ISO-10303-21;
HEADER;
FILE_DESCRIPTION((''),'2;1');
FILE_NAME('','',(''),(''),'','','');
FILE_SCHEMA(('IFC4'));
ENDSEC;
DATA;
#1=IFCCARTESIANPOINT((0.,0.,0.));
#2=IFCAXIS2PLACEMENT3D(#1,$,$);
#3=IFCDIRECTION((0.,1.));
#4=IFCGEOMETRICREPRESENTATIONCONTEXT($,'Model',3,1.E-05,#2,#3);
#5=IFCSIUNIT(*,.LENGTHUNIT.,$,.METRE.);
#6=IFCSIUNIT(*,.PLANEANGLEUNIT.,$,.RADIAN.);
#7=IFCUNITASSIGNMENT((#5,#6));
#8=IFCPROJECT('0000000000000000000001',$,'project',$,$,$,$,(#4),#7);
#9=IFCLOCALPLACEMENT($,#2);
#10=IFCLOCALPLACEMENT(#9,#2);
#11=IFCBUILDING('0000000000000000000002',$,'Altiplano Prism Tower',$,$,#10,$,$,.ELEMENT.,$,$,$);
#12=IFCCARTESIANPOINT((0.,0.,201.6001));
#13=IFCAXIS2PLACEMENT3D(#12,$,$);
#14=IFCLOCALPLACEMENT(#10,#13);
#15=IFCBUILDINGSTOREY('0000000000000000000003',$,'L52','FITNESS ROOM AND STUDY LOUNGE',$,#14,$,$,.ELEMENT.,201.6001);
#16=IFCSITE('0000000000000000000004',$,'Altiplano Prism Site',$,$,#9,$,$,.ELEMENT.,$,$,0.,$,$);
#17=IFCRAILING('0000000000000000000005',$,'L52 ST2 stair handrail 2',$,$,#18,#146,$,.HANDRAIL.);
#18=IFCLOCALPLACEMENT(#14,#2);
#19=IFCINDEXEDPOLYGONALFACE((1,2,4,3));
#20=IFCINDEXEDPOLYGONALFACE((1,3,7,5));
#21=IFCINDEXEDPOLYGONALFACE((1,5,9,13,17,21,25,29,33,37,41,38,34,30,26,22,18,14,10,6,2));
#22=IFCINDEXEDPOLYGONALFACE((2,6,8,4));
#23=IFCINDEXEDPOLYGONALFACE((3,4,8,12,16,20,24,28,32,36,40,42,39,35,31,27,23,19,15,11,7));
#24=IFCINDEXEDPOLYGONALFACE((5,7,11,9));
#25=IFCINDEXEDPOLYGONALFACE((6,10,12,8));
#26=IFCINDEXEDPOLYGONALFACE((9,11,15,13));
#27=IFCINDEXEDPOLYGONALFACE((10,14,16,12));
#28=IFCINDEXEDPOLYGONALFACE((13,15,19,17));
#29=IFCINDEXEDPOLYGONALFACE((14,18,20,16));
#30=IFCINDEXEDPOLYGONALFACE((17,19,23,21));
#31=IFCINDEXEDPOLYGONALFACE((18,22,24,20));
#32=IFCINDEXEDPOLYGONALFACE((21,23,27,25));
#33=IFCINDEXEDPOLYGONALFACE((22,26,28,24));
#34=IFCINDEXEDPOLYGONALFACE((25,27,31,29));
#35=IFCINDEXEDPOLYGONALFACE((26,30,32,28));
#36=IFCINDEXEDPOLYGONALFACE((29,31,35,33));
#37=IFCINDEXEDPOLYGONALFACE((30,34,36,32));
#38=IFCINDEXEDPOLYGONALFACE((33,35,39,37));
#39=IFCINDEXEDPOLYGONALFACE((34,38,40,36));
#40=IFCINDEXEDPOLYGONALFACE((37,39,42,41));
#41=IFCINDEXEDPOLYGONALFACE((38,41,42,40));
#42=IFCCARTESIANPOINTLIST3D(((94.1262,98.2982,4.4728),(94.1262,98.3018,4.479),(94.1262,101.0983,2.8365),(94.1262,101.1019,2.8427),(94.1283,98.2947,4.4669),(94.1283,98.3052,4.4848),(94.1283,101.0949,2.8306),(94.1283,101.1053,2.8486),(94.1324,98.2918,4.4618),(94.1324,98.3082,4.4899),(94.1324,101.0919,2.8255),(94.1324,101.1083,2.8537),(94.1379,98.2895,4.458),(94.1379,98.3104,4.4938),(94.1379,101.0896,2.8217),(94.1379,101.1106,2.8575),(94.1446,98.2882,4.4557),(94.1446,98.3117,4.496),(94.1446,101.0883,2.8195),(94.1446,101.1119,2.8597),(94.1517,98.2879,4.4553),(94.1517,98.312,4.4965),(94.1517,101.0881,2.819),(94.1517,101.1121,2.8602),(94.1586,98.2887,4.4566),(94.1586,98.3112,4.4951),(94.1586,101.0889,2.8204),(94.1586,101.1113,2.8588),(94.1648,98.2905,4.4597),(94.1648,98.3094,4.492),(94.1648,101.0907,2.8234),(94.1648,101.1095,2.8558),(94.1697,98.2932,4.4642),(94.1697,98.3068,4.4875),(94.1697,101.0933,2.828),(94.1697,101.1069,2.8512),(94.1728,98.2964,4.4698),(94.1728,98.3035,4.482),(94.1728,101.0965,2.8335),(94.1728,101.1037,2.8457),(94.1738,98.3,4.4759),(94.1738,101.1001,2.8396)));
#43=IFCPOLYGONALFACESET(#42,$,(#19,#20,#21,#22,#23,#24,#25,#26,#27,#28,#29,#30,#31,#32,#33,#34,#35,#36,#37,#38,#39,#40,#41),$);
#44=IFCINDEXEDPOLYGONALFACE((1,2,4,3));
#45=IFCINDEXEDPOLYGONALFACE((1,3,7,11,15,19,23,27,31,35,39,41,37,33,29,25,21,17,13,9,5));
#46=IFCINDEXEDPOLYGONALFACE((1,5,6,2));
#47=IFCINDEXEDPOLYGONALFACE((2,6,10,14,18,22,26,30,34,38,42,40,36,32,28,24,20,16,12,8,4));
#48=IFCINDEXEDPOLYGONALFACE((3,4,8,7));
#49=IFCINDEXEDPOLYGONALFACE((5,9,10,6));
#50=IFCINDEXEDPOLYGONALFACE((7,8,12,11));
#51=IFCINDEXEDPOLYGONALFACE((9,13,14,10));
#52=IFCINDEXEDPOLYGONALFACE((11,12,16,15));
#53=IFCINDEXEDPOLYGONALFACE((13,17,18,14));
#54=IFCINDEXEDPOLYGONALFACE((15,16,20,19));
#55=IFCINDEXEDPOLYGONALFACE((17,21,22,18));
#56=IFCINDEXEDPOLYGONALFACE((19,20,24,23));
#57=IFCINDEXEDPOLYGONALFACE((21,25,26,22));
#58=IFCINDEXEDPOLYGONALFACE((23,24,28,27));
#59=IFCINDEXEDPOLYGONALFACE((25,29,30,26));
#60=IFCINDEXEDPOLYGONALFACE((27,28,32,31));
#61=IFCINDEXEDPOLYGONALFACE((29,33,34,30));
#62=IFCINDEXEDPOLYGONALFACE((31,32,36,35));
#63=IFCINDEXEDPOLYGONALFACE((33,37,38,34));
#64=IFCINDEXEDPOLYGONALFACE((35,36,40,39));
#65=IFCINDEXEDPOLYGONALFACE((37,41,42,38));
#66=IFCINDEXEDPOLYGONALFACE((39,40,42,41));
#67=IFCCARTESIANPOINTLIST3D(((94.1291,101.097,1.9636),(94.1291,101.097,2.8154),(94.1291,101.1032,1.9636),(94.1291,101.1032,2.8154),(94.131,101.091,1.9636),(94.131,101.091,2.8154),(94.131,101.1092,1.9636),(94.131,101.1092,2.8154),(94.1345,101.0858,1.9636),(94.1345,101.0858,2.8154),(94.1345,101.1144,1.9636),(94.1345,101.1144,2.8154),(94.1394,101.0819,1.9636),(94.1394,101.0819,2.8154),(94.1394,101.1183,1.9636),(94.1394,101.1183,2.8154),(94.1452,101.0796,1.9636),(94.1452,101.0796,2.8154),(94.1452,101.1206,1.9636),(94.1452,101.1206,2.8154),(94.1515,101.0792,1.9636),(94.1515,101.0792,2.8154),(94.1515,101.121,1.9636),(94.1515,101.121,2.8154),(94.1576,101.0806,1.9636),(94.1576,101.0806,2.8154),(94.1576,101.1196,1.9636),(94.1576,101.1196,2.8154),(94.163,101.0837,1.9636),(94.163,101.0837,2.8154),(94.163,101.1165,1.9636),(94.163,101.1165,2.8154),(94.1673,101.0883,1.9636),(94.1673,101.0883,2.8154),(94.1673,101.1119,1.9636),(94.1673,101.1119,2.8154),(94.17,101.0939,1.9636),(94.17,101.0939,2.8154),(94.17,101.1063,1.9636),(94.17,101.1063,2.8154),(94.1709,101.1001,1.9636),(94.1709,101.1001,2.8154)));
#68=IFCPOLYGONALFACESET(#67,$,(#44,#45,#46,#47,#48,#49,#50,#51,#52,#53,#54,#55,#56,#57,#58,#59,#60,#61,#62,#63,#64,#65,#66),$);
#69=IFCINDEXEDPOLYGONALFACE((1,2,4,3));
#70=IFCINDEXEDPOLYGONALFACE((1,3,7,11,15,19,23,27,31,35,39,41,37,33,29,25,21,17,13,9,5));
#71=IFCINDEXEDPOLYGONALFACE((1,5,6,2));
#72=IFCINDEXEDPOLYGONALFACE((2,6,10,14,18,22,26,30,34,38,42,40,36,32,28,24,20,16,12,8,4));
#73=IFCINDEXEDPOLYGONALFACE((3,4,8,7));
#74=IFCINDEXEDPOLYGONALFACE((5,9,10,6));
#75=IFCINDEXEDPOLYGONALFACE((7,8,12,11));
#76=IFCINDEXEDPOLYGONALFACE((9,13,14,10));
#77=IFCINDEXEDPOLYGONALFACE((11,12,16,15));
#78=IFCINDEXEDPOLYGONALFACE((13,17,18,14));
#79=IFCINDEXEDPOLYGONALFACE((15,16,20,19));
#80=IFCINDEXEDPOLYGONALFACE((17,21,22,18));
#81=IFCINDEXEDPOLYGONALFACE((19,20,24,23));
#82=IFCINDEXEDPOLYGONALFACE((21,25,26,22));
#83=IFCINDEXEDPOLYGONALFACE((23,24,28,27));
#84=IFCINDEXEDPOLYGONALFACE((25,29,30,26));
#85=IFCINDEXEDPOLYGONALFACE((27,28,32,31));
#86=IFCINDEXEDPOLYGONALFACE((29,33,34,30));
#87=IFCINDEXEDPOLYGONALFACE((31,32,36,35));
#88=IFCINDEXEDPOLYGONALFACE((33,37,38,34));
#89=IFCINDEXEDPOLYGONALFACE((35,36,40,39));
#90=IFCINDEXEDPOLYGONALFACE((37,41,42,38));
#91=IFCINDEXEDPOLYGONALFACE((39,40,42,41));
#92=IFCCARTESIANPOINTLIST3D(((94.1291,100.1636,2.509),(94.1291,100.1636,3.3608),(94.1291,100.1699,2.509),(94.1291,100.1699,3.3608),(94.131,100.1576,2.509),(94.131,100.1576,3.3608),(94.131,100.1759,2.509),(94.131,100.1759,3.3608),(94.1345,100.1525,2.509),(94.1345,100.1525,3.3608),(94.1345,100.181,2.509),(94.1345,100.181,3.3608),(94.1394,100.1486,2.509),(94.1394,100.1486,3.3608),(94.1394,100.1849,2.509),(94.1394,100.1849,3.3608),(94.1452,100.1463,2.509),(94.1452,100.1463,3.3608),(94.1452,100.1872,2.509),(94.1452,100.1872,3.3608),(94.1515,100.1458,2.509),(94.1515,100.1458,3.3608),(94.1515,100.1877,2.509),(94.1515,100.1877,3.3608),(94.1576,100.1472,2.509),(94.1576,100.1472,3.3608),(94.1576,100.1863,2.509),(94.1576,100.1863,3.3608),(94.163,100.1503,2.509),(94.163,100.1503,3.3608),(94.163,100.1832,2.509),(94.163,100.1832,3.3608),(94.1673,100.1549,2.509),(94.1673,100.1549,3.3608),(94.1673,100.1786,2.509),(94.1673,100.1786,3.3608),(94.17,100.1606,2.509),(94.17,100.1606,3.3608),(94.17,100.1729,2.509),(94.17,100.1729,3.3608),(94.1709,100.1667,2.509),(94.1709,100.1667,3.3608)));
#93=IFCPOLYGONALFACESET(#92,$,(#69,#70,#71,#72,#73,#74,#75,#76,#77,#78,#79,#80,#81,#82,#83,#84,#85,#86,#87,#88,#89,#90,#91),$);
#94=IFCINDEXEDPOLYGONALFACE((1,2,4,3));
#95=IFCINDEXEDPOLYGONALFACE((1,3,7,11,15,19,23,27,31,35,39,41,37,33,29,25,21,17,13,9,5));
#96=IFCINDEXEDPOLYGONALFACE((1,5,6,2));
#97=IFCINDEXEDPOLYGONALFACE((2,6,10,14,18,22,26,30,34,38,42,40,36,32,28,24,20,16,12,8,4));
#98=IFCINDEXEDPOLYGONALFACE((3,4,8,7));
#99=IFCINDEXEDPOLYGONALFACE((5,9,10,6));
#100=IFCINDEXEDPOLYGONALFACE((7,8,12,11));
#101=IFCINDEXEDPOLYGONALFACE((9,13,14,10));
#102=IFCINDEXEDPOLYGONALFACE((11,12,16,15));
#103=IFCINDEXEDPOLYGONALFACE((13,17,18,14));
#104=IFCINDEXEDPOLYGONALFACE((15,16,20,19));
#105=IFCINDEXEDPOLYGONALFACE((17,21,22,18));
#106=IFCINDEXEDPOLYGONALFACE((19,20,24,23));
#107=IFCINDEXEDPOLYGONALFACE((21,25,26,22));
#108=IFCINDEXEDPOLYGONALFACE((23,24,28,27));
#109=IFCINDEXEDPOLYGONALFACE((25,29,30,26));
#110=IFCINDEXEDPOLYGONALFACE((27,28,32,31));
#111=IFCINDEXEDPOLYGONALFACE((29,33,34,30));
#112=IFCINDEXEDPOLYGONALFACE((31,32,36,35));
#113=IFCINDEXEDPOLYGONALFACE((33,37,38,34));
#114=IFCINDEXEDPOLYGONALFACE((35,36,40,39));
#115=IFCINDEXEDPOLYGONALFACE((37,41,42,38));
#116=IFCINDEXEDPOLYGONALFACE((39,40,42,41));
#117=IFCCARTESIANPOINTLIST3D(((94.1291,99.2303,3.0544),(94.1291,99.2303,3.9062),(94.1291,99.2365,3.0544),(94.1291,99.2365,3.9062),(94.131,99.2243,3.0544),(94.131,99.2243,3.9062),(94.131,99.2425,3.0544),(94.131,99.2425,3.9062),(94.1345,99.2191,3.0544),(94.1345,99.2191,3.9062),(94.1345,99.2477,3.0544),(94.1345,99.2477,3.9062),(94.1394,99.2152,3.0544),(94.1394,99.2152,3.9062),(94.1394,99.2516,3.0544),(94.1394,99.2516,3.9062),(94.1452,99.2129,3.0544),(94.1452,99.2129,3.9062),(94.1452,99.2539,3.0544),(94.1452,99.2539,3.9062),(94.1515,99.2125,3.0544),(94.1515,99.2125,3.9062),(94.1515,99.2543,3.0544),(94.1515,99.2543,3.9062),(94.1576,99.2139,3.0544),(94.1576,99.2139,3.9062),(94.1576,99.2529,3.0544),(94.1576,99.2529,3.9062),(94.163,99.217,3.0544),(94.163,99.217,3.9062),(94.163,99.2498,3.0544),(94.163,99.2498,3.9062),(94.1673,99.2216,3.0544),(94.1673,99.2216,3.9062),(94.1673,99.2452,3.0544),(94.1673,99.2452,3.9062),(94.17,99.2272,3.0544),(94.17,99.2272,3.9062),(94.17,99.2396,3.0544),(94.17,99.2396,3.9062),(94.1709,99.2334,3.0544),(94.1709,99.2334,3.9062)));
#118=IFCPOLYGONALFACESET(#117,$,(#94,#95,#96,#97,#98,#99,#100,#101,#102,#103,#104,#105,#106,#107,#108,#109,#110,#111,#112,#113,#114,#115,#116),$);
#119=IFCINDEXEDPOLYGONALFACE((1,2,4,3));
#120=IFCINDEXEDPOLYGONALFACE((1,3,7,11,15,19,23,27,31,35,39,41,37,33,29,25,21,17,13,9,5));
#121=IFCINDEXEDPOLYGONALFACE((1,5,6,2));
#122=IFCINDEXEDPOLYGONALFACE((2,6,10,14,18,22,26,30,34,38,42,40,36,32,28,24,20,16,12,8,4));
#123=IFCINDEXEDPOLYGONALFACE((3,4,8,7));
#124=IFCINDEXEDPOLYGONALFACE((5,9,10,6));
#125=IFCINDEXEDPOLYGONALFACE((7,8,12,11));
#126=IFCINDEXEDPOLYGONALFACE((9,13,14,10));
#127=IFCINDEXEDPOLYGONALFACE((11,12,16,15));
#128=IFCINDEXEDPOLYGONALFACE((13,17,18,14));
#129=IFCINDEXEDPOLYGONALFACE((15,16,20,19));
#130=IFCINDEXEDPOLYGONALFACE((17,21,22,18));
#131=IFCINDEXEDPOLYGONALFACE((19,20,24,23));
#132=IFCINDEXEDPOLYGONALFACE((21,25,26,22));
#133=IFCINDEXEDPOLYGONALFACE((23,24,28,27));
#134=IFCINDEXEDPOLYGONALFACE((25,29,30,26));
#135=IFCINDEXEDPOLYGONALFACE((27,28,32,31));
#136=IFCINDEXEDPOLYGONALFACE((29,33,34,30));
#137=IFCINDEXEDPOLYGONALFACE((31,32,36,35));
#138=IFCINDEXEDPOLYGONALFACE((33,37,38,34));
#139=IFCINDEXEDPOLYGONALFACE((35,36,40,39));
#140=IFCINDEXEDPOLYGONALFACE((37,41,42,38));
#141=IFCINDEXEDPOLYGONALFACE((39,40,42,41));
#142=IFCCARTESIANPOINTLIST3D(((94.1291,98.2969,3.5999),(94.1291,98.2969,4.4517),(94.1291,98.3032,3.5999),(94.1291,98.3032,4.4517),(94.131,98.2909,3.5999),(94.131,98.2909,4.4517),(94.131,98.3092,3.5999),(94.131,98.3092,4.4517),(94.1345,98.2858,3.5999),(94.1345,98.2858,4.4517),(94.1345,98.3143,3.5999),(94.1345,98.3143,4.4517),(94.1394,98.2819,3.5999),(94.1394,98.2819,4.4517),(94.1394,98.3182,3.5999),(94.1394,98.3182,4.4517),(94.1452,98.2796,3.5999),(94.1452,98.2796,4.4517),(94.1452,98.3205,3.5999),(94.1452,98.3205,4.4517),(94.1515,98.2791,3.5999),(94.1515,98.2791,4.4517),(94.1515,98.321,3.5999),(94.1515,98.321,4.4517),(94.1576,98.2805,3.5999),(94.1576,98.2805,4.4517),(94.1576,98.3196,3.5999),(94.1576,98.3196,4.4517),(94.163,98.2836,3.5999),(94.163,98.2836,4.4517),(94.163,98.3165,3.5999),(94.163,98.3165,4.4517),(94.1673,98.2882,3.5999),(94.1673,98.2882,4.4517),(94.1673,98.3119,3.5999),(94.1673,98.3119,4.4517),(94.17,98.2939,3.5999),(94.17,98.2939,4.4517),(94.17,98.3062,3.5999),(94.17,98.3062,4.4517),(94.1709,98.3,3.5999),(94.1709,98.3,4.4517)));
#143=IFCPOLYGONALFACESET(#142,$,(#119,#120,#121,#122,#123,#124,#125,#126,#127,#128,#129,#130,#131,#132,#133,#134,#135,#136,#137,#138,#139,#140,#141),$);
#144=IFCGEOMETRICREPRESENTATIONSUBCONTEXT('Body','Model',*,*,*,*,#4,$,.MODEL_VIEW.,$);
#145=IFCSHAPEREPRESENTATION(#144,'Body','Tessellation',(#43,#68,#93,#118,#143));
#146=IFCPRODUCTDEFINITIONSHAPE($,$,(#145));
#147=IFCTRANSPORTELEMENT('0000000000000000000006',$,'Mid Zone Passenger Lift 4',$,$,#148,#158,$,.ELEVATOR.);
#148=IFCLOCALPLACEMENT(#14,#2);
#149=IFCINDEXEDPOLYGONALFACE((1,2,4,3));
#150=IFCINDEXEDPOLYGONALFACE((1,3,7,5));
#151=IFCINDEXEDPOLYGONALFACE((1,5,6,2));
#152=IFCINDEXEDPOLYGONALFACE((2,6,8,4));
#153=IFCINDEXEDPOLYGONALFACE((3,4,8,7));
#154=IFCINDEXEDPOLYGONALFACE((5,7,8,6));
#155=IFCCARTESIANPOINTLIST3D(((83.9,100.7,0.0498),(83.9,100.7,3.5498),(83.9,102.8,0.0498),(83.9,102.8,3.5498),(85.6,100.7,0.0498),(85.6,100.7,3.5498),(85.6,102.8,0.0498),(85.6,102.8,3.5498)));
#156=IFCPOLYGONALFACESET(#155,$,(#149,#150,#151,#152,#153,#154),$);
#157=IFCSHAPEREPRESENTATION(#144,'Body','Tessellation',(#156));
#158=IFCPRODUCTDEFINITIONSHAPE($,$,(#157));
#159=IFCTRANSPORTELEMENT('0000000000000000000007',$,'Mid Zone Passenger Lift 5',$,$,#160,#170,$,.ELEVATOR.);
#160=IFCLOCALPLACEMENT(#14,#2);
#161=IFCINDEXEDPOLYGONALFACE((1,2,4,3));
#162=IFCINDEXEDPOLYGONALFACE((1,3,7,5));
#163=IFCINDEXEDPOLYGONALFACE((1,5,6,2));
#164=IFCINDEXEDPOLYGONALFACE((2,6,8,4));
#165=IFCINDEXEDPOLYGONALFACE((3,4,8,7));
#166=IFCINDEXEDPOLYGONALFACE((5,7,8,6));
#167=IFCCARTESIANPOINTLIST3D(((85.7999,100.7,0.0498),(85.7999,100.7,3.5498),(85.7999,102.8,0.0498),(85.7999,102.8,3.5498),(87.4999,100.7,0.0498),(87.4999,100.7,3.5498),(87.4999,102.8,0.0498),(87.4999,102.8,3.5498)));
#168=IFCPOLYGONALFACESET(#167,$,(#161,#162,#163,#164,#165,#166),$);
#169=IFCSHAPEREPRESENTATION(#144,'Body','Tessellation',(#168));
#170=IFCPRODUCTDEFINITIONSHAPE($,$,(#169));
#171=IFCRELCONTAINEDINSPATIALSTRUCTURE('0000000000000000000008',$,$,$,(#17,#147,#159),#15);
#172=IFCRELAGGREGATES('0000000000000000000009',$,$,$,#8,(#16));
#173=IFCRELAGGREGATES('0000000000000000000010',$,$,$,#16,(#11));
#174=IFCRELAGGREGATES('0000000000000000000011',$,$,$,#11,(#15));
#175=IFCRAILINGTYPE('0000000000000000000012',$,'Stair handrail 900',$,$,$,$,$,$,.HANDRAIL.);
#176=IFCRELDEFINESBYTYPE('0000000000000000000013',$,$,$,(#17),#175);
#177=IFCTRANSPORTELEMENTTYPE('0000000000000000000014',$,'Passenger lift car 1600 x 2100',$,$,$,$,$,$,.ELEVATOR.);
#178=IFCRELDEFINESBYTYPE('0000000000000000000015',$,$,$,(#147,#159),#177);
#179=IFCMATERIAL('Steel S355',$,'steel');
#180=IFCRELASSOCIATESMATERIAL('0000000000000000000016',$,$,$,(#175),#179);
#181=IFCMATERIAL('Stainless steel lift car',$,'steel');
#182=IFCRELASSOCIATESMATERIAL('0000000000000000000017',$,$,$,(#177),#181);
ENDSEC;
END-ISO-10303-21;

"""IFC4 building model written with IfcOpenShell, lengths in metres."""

from ifc_helpers import new_model, si_unit, direction, frame, origin, origin_2d, place, context, subcontext, project, spatial, rectangle, circle, extrude, material, type_object, element, save


model = new_model("IFC4")

# Units and contexts
model_context = context("Model", 3, precision=1e-05, world=origin(), true_north=direction((0.0, 1.0)))
body_context = subcontext(model_context, "Body", "Model", "MODEL_VIEW")
ifc_project = project(units=[si_unit("LENGTHUNIT", "METRE"), si_unit("PLANEANGLEUNIT", "RADIAN")], contexts=[model_context])

# Site, building, storey
site_placement = place(None, origin())
site = spatial("IfcSite", under=ifc_project, at=site_placement, Name="Altiplano Prism Site", CompositionType="ELEMENT", RefElevation=0.0)
building_placement = place(site_placement, origin())
building = spatial("IfcBuilding", under=site, at=building_placement, Name="Altiplano Prism Tower", CompositionType="ELEMENT")
storey_placement = place(building_placement, frame((0.0, 0.0, 201.6001)))
storey = spatial("IfcBuildingStorey", under=building, at=storey_placement, Name="L52", Description="FITNESS ROOM AND STUDY LOUNGE", CompositionType="ELEMENT", Elevation=201.6001)

# Railing
ifc_material_1 = material(Name="Steel S355", Category="steel")
railing_type_1 = type_object("IfcRailingType", Name="Stair handrail 900", PredefinedType="HANDRAIL", material=ifc_material_1)
railing_1_placement = place(storey_placement, frame((94.1499, 101.1001, 1.9636)))
element("IfcRailing", 1, at=railing_1_placement, inside=storey, type_object=railing_type_1, Name="L52 ST2 stair handrail 2", PredefinedType="HANDRAIL", context=body_context, shape_type="SweptSolid", body=[
    extrude(circle(Radius=0.0239, at=origin_2d()), frame((0.0, 0.0, 0.876), z_axis=(0.0, -0.863394, 0.504531), x_axis=(1.0, 0.0, 0.0)), (0.0, 0.0, 1.0), 3.2432),
    extrude(circle(Radius=0.021, at=origin_2d()), origin(), (0.0, 0.0, 1.0), 0.8518),
    extrude(circle(Radius=0.021, at=origin_2d()), frame((0.0, -0.9333, 0.5454)), (0.0, 0.0, 1.0), 0.8518),
    extrude(circle(Radius=0.021, at=origin_2d()), frame((0.0, -1.8667, 1.0908)), (0.0, 0.0, 1.0), 0.8518),
    extrude(circle(Radius=0.021, at=origin_2d()), frame((0.0, -2.8, 1.6362)), (0.0, 0.0, 1.0), 0.8518),
])

# Transport elements
ifc_material_2 = material(Name="Stainless steel lift car", Category="steel")
transport_element_type = type_object("IfcTransportElementType", Name="Passenger lift car 1600 x 2100", PredefinedType="ELEVATOR", material=ifc_material_2)
for number, where, z_axis, x_axis, name in (
    (2, (84.75, 101.75, 0.0498), (0.0, 0.0, 1.0), (1.0, 0.0, 0.0), "Mid Zone Passenger Lift 4"),
    (3, (86.6499, 101.75, 0.0498), (0.0, 0.0, 1.0), (1.0, 0.0, 0.0), "Mid Zone Passenger Lift 5"),
):
    element("IfcTransportElement", number, at=place(storey_placement, frame(where, z_axis=z_axis, x_axis=x_axis)), inside=storey, type_object=transport_element_type, Name=name, PredefinedType="ELEVATOR", context=body_context, shape_type="SweptSolid", body=[
        extrude(rectangle(XDim=1.7, YDim=2.1001, at=origin_2d()), origin(), (0.0, 0.0, 1.0), 3.5),
    ])

save(model, "model.ifc")
